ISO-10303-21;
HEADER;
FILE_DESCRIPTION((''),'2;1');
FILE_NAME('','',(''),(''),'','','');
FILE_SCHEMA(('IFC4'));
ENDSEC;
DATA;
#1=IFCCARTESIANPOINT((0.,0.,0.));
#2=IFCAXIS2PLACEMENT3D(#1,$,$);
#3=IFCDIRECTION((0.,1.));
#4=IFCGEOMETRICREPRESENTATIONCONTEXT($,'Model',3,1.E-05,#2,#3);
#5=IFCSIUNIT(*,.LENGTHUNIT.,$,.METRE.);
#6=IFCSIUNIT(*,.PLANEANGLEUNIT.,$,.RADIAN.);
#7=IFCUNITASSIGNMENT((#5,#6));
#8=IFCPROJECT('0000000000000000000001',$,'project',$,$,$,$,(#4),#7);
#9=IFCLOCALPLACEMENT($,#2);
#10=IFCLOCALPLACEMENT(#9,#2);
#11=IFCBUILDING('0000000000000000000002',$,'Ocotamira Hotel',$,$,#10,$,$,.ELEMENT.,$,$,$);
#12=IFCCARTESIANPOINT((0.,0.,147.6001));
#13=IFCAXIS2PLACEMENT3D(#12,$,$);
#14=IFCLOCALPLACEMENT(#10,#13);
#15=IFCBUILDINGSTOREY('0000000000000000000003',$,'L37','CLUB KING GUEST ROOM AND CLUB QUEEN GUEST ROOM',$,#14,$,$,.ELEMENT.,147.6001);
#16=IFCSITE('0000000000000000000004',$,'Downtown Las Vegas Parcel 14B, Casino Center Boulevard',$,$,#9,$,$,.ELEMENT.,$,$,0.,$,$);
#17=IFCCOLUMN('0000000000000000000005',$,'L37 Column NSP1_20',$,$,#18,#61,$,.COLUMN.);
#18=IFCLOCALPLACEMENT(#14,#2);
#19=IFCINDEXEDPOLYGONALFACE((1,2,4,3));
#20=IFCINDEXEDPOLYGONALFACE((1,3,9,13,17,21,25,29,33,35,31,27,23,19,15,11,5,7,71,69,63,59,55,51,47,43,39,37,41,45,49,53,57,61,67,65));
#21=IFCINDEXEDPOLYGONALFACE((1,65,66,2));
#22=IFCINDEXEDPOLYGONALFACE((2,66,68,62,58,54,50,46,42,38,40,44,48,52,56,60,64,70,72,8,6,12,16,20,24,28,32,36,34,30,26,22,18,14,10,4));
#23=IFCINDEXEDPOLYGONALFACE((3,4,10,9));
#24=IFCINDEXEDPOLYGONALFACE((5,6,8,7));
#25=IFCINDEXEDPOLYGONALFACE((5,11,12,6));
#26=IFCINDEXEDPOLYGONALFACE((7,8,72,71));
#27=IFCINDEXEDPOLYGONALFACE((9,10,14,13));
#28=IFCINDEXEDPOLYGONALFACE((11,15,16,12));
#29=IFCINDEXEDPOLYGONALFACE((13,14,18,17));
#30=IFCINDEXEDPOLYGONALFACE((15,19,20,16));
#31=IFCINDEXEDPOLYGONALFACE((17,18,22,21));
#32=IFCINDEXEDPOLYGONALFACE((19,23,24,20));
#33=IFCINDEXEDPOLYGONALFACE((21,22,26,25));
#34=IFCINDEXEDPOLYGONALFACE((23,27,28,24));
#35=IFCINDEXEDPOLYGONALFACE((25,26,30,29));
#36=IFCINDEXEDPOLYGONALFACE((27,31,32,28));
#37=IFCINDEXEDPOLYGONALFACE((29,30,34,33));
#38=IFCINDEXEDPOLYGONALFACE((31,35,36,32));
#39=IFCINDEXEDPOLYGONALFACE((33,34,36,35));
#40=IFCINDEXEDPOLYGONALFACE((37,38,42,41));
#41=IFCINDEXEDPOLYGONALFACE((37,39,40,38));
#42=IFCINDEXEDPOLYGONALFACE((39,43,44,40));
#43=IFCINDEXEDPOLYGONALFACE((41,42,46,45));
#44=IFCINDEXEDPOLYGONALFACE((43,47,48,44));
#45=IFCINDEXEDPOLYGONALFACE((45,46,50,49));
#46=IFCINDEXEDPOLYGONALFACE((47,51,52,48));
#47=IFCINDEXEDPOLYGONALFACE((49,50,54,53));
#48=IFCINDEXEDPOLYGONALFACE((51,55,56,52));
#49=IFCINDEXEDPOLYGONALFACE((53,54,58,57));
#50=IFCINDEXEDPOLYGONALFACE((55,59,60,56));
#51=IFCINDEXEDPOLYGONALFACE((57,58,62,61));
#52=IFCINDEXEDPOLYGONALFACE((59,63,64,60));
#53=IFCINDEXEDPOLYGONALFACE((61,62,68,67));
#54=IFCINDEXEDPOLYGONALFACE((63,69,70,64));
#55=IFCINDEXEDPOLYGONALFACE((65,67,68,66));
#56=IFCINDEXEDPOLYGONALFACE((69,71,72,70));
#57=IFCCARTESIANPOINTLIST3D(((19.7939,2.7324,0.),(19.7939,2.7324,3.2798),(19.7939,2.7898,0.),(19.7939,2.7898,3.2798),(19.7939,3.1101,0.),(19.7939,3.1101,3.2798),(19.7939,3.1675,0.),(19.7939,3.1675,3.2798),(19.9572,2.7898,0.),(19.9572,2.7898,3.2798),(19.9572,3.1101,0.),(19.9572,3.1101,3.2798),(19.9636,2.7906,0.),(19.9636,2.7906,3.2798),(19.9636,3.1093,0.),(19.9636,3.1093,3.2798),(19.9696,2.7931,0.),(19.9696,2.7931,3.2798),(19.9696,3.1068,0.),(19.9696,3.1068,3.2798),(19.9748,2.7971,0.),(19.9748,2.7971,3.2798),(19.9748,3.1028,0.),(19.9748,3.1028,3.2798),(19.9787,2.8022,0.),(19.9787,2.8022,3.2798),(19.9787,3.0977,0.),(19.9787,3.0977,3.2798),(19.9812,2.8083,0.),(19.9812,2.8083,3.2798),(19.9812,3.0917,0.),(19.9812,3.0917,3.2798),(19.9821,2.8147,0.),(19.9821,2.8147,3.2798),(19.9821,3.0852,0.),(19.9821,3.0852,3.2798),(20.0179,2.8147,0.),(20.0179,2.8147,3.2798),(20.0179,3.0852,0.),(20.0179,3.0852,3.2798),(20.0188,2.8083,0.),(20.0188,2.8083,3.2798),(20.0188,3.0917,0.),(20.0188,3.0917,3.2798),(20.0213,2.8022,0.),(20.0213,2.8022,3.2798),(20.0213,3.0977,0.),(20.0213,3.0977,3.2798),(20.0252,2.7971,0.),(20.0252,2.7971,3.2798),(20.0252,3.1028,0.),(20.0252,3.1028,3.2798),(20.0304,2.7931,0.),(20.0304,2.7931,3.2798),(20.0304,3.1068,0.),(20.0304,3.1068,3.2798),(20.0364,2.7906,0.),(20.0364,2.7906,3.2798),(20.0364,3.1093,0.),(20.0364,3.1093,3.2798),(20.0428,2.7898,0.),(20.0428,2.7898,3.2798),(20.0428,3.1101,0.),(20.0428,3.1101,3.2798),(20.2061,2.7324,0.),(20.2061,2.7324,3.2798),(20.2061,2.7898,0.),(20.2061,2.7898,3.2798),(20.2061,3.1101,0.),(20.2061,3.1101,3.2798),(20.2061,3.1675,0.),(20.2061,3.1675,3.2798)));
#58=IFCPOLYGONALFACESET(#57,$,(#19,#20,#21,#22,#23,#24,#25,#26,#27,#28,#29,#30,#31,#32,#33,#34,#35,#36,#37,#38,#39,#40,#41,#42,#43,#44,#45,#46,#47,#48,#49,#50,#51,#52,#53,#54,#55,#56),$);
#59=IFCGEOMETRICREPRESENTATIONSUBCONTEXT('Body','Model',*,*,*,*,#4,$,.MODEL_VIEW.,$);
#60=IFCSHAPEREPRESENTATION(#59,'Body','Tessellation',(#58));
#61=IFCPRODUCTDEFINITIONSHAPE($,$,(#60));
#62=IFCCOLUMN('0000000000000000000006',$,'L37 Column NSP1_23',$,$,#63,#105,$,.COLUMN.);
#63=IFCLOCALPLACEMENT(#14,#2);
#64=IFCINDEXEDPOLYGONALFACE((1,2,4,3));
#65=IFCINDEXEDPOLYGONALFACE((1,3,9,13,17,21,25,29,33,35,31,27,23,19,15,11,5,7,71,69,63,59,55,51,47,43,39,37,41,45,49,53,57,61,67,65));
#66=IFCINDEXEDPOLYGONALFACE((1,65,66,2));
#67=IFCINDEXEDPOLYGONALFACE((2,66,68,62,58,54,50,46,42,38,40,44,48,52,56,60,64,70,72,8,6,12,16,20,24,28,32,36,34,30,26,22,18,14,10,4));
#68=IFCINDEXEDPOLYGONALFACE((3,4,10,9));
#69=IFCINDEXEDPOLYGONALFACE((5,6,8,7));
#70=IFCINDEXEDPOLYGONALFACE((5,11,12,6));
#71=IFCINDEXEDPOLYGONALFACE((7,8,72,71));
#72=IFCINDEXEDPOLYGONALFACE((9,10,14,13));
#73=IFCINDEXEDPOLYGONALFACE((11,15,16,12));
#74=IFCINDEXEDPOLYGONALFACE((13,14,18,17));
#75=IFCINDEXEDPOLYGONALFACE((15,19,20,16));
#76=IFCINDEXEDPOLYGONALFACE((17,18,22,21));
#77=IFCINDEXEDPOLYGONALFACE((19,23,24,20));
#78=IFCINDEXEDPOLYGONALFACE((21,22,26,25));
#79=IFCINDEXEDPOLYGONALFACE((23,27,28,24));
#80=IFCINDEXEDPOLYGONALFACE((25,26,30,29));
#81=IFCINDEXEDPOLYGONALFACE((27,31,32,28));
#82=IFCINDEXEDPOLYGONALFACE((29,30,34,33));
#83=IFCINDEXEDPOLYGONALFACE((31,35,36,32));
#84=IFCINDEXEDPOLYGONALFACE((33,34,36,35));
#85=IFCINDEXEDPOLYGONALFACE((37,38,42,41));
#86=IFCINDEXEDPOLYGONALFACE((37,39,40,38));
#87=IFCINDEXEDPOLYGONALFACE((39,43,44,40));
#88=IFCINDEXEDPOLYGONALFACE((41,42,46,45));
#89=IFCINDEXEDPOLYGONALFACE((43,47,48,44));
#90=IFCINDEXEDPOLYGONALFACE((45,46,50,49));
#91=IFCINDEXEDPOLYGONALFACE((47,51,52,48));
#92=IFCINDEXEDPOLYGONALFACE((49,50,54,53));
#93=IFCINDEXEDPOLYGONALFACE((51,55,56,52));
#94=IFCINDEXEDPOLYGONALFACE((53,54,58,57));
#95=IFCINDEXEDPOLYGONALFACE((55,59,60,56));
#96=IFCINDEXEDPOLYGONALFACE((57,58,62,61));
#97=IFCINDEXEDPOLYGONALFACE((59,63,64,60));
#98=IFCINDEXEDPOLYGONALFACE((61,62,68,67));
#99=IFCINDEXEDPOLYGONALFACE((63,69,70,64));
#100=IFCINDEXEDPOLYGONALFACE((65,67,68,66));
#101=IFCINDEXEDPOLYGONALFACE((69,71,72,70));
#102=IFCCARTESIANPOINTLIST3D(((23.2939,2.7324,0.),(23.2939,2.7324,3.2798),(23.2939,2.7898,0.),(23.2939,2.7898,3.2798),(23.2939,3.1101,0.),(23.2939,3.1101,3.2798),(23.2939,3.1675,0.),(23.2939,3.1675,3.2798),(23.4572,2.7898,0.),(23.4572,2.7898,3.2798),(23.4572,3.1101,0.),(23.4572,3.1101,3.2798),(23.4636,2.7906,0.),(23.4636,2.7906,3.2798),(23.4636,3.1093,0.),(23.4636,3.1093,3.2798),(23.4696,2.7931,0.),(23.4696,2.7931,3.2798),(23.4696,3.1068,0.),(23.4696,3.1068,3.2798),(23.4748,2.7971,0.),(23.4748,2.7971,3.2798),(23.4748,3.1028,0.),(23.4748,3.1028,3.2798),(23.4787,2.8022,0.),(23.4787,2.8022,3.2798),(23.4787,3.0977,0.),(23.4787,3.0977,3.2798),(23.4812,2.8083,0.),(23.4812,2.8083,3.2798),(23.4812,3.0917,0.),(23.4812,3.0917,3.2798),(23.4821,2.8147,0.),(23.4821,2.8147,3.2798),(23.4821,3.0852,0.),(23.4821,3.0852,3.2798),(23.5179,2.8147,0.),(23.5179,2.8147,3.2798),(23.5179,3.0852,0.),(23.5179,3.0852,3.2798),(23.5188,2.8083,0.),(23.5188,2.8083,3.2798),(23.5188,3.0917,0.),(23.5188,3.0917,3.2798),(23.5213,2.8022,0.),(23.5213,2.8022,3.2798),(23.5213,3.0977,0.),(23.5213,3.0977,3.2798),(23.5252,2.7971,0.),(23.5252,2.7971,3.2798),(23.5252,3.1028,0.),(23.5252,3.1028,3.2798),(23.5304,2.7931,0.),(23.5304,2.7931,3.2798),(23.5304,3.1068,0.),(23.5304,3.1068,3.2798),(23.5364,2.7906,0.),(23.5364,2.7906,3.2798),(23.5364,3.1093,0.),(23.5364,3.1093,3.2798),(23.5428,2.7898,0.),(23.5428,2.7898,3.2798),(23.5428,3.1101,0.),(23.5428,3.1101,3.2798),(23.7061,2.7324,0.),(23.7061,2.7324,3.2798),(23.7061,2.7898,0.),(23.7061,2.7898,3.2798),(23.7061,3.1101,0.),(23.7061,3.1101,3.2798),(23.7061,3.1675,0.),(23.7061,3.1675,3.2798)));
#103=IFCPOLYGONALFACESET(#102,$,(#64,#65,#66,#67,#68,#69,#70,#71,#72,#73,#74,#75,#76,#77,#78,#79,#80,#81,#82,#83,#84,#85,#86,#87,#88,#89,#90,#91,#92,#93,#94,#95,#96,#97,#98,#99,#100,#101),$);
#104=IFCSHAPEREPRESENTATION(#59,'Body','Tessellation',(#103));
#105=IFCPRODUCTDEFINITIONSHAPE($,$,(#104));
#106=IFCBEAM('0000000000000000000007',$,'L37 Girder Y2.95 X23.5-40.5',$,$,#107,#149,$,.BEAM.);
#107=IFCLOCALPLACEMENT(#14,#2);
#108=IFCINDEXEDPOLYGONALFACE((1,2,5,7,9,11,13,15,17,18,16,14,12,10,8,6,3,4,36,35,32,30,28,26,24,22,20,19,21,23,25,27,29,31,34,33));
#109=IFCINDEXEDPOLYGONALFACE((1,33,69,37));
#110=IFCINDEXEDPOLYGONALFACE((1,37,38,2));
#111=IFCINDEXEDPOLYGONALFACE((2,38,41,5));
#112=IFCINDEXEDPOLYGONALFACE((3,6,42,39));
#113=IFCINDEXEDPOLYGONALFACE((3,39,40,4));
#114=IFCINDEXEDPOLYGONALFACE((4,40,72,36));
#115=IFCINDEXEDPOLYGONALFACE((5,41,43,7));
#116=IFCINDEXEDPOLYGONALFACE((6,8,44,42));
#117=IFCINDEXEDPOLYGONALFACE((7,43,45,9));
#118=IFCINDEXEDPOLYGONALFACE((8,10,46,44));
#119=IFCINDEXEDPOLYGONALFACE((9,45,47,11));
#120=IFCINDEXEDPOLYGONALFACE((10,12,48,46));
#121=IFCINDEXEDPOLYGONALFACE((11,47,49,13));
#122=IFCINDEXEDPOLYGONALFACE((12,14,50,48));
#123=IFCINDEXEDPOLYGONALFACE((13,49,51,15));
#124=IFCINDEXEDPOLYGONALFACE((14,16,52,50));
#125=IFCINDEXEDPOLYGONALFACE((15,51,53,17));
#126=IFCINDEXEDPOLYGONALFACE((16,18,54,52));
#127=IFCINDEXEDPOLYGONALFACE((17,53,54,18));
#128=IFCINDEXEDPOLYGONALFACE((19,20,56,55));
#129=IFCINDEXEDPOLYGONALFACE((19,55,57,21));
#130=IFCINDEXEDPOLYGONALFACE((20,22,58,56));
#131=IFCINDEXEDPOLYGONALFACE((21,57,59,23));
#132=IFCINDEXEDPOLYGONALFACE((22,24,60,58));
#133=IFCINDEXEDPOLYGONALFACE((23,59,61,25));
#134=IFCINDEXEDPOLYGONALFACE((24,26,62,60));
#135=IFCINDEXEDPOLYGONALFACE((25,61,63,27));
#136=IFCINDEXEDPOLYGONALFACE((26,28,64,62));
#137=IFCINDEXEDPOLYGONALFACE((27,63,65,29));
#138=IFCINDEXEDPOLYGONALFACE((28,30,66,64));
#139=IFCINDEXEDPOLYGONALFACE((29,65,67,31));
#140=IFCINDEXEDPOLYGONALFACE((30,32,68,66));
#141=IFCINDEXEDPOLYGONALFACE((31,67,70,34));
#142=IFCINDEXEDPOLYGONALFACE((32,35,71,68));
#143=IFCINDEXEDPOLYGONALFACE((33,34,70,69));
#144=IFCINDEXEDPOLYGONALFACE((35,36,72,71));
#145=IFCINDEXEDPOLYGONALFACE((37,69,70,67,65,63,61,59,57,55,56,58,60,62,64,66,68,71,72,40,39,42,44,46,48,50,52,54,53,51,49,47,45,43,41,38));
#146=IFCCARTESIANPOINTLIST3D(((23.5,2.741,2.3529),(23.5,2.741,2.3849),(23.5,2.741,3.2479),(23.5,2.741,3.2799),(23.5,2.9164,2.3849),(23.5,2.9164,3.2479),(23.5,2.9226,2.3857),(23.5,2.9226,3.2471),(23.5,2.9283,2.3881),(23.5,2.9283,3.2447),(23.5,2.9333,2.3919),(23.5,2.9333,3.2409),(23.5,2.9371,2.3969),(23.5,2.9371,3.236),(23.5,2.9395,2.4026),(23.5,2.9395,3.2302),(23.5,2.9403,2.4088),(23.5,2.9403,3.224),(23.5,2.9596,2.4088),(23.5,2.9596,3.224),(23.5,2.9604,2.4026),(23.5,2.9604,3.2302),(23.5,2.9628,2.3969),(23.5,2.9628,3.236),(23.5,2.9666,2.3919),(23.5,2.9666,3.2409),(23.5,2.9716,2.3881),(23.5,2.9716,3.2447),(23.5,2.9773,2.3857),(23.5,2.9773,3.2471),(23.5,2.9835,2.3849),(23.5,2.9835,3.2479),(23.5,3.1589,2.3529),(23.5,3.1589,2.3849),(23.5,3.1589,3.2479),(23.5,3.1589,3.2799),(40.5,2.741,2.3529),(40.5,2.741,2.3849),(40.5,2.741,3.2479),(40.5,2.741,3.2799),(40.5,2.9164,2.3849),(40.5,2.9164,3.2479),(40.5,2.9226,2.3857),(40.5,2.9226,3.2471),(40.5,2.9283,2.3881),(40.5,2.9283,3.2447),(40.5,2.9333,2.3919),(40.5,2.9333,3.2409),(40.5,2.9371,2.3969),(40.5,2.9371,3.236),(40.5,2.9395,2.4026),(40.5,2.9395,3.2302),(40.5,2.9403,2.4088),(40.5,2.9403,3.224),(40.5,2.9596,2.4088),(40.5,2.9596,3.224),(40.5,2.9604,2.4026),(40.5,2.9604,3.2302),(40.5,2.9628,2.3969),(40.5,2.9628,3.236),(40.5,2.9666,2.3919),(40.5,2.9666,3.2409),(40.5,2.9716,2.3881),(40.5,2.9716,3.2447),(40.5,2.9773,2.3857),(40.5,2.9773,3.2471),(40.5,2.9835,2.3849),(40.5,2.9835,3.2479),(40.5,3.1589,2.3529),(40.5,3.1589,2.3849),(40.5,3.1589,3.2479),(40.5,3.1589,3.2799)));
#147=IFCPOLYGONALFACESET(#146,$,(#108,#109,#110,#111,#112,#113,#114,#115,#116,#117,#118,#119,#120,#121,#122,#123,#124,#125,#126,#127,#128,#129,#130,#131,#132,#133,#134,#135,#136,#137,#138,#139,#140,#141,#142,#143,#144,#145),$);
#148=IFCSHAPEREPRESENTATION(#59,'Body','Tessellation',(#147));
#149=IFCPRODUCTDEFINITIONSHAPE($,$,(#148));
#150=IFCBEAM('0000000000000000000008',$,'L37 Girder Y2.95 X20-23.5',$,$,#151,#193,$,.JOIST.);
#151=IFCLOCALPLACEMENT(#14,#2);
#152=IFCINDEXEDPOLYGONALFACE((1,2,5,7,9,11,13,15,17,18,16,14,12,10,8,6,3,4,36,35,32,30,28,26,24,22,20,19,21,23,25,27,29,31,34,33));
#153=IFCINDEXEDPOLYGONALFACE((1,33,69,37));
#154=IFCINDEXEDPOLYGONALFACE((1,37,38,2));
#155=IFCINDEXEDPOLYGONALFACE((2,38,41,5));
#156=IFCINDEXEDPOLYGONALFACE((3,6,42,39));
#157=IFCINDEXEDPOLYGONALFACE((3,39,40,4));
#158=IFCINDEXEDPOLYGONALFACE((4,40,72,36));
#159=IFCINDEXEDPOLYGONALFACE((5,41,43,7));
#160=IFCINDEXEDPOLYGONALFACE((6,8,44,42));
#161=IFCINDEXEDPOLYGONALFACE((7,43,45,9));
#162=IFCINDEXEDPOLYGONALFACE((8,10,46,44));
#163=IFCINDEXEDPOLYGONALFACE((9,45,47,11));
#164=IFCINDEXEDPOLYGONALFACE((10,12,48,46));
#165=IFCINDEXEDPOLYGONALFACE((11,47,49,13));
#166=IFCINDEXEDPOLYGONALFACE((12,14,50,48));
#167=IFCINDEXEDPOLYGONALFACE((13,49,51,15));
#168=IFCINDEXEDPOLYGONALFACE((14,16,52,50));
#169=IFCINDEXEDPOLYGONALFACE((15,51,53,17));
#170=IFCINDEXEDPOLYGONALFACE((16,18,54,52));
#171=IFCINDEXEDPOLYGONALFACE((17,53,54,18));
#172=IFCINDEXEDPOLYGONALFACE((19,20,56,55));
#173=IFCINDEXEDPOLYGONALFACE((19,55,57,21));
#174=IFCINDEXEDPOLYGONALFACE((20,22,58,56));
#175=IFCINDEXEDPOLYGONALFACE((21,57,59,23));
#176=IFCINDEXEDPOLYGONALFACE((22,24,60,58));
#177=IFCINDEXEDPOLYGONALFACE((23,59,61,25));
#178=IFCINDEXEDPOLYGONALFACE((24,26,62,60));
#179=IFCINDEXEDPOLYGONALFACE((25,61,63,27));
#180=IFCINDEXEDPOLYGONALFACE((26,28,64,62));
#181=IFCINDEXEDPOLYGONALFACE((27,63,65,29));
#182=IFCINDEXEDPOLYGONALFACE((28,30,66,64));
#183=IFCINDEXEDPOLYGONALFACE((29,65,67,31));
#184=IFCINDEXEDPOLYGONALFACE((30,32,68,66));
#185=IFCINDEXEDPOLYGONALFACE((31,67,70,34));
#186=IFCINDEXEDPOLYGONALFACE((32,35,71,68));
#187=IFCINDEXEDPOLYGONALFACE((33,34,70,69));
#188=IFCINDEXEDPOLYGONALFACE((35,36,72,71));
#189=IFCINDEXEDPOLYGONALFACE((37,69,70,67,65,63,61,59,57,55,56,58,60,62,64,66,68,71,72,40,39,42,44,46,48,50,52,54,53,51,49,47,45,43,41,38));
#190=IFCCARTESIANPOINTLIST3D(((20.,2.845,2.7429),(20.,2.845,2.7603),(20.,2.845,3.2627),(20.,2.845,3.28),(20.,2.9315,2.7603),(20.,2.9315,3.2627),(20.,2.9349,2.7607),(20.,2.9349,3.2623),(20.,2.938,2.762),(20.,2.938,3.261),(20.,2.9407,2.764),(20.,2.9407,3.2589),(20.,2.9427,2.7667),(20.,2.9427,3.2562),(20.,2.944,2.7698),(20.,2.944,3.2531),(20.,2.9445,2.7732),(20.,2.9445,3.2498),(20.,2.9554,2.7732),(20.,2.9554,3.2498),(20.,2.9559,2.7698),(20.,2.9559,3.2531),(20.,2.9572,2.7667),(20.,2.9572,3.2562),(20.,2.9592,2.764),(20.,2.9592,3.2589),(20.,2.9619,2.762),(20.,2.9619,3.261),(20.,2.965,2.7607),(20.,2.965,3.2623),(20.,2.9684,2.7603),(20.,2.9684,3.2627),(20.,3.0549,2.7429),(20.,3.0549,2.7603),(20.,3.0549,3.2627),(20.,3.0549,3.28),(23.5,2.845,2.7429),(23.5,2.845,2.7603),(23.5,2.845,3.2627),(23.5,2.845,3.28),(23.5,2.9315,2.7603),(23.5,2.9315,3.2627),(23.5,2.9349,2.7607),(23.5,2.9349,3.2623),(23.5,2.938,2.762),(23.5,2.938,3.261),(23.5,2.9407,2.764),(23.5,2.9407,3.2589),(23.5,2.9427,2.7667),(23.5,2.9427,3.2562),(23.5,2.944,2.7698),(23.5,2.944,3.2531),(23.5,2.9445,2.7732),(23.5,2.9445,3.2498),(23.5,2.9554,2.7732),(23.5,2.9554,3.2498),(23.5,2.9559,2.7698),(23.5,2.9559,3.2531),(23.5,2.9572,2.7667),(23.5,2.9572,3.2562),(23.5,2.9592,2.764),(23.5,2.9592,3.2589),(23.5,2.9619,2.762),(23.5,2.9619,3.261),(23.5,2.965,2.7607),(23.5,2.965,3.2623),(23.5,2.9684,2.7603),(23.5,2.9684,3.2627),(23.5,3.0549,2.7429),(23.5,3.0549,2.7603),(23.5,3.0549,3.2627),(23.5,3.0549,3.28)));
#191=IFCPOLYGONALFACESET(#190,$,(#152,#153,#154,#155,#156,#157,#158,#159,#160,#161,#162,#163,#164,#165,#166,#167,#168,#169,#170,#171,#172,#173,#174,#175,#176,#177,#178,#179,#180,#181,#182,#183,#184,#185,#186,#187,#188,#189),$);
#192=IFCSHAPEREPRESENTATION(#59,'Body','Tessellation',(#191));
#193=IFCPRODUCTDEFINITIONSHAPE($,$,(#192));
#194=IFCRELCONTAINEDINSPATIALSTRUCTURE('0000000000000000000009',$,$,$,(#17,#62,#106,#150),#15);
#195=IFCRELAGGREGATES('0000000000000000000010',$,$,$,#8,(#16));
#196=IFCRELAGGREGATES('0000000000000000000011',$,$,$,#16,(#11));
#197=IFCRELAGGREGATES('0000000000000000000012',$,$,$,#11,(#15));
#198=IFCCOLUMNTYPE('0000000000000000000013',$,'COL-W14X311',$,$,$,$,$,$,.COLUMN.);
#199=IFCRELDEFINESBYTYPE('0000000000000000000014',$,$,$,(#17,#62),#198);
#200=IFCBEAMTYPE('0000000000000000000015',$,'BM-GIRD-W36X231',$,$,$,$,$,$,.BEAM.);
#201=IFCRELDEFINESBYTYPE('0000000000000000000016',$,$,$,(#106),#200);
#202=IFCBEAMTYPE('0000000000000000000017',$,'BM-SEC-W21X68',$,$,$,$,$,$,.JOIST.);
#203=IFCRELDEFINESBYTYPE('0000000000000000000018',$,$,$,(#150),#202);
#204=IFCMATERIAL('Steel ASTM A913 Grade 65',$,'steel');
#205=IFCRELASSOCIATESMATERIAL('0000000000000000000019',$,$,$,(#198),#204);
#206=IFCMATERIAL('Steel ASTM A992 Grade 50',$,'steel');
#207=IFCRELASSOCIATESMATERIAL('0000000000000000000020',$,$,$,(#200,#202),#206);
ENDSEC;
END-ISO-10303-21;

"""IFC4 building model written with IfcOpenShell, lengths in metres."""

from ifc_helpers import new_model, si_unit, direction, frame, origin, origin_2d, place, context, subcontext, project, spatial, i_section, extrude, source, transform, mapped, material, material_profile, profile_set, type_object, element, save


model = new_model("IFC4")

# Units and contexts
model_context = context("Model", 3, precision=1e-05, world=origin(), true_north=direction((0.0, 1.0)))
body_context = subcontext(model_context, "Body", "Model", "MODEL_VIEW")
ifc_project = project(units=[si_unit("LENGTHUNIT", "METRE"), si_unit("PLANEANGLEUNIT", "RADIAN")], contexts=[model_context])

# Site, building, storey
site_placement = place(None, origin())
site = spatial("IfcSite", under=ifc_project, at=site_placement, Name="Downtown Las Vegas Parcel 14B, Casino Center Boulevard", CompositionType="ELEMENT", RefElevation=0.0)
building_placement = place(site_placement, origin())
building = spatial("IfcBuilding", under=site, at=building_placement, Name="Ocotamira Hotel", CompositionType="ELEMENT")
storey_placement = place(building_placement, frame((0.0, 0.0, 147.6001)))
storey = spatial("IfcBuildingStorey", under=building, at=storey_placement, Name="L37", Description="CLUB KING GUEST ROOM AND CLUB QUEEN GUEST ROOM", CompositionType="ELEMENT", Elevation=147.6001)

# Columns
ifc_material_1 = material(Name="Steel ASTM A913 Grade 65", Category="steel")
ifc_material_profile_1 = material_profile(ifc_material_1, i_section(OverallWidth=0.4121, OverallDepth=0.4351, WebThickness=0.0359, FlangeThickness=0.0574, FilletRadius=0.0249, at=origin_2d()), Name="W14X311")
ifc_profile_set_1 = profile_set([ifc_material_profile_1], Name="Steel ASTM A913 Grade 65")
column_type = type_object("IfcColumnType", Name="COL-W14X311", PredefinedType="COLUMN", material=ifc_profile_set_1)
shared_shape_1 = source(origin(), body_context, "Body", "SweptSolid", [
    extrude(i_section(OverallWidth=0.4121, OverallDepth=0.4351, WebThickness=0.0359, FlangeThickness=0.0574, FilletRadius=0.0249, at=origin_2d()), origin(), (0.0, 0.0, 1.0), 3.2798),
])
for number, where, z_axis, x_axis, name in (
    (1, (20.0, 2.95, 0.0), (0.0, 0.0, 1.0), (1.0, 0.0, 0.0), "L37 Column NSP1_20"),
    (2, (23.5, 2.95, 0.0), (0.0, 0.0, 1.0), (1.0, 0.0, 0.0), "L37 Column NSP1_23"),
):
    element("IfcColumn", number, at=place(storey_placement, frame(where, z_axis=z_axis, x_axis=x_axis)), inside=storey, type_object=column_type, Name=name, PredefinedType="COLUMN", context=body_context, shape_type="MappedRepresentation", body=[
        mapped(shared_shape_1, transform((0.0, 0.0, 0.0), scale=1.0)),
    ])

# Beams
ifc_material_2 = material(Name="Steel ASTM A992 Grade 50", Category="steel")
ifc_material_profile_2 = material_profile(ifc_material_2, i_section(OverallWidth=0.418, OverallDepth=0.927, WebThickness=0.0193, FlangeThickness=0.032, FilletRadius=0.0239, at=origin_2d()), Name="W36X231")
ifc_profile_set_2 = profile_set([ifc_material_profile_2], Name="Steel ASTM A992 Grade 50")
beam_type_1 = type_object("IfcBeamType", Name="BM-GIRD-W36X231", PredefinedType="BEAM", material=ifc_profile_set_2)
shared_shape_2 = source(origin(), body_context, "Body", "SweptSolid", [
    extrude(i_section(OverallWidth=0.418, OverallDepth=0.927, WebThickness=0.0193, FlangeThickness=0.032, FilletRadius=0.0239, at=origin_2d()), origin(), (0.0, 0.0, 1.0), 17.0),
])
beam_1_placement = place(storey_placement, frame((23.5, 2.95, 2.8164), z_axis=(1.0, 0.0, 0.0), x_axis=(0.0, 1.0, 0.0)))
element("IfcBeam", 3, at=beam_1_placement, inside=storey, type_object=beam_type_1, Name="L37 Girder Y2.95 X23.5-40.5", PredefinedType="BEAM", context=body_context, shape_type="MappedRepresentation", body=[
    mapped(shared_shape_2, transform((0.0, 0.0, 0.0), scale=1.0)),
])
ifc_material_profile_3 = material_profile(ifc_material_2, i_section(OverallWidth=0.21, OverallDepth=0.5371, WebThickness=0.011, FlangeThickness=0.0173, FilletRadius=0.0129, at=origin_2d()), Name="W21X68")
ifc_profile_set_3 = profile_set([ifc_material_profile_3], Name="Steel ASTM A992 Grade 50")
beam_type_2 = type_object("IfcBeamType", Name="BM-SEC-W21X68", PredefinedType="JOIST", material=ifc_profile_set_3)
shared_shape_3 = source(origin(), body_context, "Body", "SweptSolid", [
    extrude(i_section(OverallWidth=0.21, OverallDepth=0.5371, WebThickness=0.011, FlangeThickness=0.0173, FilletRadius=0.0129, at=origin_2d()), origin(), (0.0, 0.0, 1.0), 3.5),
])
beam_2_placement = place(storey_placement, frame((20.0, 2.95, 3.0115), z_axis=(1.0, 0.0, 0.0), x_axis=(0.0, 1.0, 0.0)))
element("IfcBeam", 4, at=beam_2_placement, inside=storey, type_object=beam_type_2, Name="L37 Girder Y2.95 X20-23.5", PredefinedType="JOIST", context=body_context, shape_type="MappedRepresentation", body=[
    mapped(shared_shape_3, transform((0.0, 0.0, 0.0), scale=1.0)),
])

save(model, "model.ifc")
